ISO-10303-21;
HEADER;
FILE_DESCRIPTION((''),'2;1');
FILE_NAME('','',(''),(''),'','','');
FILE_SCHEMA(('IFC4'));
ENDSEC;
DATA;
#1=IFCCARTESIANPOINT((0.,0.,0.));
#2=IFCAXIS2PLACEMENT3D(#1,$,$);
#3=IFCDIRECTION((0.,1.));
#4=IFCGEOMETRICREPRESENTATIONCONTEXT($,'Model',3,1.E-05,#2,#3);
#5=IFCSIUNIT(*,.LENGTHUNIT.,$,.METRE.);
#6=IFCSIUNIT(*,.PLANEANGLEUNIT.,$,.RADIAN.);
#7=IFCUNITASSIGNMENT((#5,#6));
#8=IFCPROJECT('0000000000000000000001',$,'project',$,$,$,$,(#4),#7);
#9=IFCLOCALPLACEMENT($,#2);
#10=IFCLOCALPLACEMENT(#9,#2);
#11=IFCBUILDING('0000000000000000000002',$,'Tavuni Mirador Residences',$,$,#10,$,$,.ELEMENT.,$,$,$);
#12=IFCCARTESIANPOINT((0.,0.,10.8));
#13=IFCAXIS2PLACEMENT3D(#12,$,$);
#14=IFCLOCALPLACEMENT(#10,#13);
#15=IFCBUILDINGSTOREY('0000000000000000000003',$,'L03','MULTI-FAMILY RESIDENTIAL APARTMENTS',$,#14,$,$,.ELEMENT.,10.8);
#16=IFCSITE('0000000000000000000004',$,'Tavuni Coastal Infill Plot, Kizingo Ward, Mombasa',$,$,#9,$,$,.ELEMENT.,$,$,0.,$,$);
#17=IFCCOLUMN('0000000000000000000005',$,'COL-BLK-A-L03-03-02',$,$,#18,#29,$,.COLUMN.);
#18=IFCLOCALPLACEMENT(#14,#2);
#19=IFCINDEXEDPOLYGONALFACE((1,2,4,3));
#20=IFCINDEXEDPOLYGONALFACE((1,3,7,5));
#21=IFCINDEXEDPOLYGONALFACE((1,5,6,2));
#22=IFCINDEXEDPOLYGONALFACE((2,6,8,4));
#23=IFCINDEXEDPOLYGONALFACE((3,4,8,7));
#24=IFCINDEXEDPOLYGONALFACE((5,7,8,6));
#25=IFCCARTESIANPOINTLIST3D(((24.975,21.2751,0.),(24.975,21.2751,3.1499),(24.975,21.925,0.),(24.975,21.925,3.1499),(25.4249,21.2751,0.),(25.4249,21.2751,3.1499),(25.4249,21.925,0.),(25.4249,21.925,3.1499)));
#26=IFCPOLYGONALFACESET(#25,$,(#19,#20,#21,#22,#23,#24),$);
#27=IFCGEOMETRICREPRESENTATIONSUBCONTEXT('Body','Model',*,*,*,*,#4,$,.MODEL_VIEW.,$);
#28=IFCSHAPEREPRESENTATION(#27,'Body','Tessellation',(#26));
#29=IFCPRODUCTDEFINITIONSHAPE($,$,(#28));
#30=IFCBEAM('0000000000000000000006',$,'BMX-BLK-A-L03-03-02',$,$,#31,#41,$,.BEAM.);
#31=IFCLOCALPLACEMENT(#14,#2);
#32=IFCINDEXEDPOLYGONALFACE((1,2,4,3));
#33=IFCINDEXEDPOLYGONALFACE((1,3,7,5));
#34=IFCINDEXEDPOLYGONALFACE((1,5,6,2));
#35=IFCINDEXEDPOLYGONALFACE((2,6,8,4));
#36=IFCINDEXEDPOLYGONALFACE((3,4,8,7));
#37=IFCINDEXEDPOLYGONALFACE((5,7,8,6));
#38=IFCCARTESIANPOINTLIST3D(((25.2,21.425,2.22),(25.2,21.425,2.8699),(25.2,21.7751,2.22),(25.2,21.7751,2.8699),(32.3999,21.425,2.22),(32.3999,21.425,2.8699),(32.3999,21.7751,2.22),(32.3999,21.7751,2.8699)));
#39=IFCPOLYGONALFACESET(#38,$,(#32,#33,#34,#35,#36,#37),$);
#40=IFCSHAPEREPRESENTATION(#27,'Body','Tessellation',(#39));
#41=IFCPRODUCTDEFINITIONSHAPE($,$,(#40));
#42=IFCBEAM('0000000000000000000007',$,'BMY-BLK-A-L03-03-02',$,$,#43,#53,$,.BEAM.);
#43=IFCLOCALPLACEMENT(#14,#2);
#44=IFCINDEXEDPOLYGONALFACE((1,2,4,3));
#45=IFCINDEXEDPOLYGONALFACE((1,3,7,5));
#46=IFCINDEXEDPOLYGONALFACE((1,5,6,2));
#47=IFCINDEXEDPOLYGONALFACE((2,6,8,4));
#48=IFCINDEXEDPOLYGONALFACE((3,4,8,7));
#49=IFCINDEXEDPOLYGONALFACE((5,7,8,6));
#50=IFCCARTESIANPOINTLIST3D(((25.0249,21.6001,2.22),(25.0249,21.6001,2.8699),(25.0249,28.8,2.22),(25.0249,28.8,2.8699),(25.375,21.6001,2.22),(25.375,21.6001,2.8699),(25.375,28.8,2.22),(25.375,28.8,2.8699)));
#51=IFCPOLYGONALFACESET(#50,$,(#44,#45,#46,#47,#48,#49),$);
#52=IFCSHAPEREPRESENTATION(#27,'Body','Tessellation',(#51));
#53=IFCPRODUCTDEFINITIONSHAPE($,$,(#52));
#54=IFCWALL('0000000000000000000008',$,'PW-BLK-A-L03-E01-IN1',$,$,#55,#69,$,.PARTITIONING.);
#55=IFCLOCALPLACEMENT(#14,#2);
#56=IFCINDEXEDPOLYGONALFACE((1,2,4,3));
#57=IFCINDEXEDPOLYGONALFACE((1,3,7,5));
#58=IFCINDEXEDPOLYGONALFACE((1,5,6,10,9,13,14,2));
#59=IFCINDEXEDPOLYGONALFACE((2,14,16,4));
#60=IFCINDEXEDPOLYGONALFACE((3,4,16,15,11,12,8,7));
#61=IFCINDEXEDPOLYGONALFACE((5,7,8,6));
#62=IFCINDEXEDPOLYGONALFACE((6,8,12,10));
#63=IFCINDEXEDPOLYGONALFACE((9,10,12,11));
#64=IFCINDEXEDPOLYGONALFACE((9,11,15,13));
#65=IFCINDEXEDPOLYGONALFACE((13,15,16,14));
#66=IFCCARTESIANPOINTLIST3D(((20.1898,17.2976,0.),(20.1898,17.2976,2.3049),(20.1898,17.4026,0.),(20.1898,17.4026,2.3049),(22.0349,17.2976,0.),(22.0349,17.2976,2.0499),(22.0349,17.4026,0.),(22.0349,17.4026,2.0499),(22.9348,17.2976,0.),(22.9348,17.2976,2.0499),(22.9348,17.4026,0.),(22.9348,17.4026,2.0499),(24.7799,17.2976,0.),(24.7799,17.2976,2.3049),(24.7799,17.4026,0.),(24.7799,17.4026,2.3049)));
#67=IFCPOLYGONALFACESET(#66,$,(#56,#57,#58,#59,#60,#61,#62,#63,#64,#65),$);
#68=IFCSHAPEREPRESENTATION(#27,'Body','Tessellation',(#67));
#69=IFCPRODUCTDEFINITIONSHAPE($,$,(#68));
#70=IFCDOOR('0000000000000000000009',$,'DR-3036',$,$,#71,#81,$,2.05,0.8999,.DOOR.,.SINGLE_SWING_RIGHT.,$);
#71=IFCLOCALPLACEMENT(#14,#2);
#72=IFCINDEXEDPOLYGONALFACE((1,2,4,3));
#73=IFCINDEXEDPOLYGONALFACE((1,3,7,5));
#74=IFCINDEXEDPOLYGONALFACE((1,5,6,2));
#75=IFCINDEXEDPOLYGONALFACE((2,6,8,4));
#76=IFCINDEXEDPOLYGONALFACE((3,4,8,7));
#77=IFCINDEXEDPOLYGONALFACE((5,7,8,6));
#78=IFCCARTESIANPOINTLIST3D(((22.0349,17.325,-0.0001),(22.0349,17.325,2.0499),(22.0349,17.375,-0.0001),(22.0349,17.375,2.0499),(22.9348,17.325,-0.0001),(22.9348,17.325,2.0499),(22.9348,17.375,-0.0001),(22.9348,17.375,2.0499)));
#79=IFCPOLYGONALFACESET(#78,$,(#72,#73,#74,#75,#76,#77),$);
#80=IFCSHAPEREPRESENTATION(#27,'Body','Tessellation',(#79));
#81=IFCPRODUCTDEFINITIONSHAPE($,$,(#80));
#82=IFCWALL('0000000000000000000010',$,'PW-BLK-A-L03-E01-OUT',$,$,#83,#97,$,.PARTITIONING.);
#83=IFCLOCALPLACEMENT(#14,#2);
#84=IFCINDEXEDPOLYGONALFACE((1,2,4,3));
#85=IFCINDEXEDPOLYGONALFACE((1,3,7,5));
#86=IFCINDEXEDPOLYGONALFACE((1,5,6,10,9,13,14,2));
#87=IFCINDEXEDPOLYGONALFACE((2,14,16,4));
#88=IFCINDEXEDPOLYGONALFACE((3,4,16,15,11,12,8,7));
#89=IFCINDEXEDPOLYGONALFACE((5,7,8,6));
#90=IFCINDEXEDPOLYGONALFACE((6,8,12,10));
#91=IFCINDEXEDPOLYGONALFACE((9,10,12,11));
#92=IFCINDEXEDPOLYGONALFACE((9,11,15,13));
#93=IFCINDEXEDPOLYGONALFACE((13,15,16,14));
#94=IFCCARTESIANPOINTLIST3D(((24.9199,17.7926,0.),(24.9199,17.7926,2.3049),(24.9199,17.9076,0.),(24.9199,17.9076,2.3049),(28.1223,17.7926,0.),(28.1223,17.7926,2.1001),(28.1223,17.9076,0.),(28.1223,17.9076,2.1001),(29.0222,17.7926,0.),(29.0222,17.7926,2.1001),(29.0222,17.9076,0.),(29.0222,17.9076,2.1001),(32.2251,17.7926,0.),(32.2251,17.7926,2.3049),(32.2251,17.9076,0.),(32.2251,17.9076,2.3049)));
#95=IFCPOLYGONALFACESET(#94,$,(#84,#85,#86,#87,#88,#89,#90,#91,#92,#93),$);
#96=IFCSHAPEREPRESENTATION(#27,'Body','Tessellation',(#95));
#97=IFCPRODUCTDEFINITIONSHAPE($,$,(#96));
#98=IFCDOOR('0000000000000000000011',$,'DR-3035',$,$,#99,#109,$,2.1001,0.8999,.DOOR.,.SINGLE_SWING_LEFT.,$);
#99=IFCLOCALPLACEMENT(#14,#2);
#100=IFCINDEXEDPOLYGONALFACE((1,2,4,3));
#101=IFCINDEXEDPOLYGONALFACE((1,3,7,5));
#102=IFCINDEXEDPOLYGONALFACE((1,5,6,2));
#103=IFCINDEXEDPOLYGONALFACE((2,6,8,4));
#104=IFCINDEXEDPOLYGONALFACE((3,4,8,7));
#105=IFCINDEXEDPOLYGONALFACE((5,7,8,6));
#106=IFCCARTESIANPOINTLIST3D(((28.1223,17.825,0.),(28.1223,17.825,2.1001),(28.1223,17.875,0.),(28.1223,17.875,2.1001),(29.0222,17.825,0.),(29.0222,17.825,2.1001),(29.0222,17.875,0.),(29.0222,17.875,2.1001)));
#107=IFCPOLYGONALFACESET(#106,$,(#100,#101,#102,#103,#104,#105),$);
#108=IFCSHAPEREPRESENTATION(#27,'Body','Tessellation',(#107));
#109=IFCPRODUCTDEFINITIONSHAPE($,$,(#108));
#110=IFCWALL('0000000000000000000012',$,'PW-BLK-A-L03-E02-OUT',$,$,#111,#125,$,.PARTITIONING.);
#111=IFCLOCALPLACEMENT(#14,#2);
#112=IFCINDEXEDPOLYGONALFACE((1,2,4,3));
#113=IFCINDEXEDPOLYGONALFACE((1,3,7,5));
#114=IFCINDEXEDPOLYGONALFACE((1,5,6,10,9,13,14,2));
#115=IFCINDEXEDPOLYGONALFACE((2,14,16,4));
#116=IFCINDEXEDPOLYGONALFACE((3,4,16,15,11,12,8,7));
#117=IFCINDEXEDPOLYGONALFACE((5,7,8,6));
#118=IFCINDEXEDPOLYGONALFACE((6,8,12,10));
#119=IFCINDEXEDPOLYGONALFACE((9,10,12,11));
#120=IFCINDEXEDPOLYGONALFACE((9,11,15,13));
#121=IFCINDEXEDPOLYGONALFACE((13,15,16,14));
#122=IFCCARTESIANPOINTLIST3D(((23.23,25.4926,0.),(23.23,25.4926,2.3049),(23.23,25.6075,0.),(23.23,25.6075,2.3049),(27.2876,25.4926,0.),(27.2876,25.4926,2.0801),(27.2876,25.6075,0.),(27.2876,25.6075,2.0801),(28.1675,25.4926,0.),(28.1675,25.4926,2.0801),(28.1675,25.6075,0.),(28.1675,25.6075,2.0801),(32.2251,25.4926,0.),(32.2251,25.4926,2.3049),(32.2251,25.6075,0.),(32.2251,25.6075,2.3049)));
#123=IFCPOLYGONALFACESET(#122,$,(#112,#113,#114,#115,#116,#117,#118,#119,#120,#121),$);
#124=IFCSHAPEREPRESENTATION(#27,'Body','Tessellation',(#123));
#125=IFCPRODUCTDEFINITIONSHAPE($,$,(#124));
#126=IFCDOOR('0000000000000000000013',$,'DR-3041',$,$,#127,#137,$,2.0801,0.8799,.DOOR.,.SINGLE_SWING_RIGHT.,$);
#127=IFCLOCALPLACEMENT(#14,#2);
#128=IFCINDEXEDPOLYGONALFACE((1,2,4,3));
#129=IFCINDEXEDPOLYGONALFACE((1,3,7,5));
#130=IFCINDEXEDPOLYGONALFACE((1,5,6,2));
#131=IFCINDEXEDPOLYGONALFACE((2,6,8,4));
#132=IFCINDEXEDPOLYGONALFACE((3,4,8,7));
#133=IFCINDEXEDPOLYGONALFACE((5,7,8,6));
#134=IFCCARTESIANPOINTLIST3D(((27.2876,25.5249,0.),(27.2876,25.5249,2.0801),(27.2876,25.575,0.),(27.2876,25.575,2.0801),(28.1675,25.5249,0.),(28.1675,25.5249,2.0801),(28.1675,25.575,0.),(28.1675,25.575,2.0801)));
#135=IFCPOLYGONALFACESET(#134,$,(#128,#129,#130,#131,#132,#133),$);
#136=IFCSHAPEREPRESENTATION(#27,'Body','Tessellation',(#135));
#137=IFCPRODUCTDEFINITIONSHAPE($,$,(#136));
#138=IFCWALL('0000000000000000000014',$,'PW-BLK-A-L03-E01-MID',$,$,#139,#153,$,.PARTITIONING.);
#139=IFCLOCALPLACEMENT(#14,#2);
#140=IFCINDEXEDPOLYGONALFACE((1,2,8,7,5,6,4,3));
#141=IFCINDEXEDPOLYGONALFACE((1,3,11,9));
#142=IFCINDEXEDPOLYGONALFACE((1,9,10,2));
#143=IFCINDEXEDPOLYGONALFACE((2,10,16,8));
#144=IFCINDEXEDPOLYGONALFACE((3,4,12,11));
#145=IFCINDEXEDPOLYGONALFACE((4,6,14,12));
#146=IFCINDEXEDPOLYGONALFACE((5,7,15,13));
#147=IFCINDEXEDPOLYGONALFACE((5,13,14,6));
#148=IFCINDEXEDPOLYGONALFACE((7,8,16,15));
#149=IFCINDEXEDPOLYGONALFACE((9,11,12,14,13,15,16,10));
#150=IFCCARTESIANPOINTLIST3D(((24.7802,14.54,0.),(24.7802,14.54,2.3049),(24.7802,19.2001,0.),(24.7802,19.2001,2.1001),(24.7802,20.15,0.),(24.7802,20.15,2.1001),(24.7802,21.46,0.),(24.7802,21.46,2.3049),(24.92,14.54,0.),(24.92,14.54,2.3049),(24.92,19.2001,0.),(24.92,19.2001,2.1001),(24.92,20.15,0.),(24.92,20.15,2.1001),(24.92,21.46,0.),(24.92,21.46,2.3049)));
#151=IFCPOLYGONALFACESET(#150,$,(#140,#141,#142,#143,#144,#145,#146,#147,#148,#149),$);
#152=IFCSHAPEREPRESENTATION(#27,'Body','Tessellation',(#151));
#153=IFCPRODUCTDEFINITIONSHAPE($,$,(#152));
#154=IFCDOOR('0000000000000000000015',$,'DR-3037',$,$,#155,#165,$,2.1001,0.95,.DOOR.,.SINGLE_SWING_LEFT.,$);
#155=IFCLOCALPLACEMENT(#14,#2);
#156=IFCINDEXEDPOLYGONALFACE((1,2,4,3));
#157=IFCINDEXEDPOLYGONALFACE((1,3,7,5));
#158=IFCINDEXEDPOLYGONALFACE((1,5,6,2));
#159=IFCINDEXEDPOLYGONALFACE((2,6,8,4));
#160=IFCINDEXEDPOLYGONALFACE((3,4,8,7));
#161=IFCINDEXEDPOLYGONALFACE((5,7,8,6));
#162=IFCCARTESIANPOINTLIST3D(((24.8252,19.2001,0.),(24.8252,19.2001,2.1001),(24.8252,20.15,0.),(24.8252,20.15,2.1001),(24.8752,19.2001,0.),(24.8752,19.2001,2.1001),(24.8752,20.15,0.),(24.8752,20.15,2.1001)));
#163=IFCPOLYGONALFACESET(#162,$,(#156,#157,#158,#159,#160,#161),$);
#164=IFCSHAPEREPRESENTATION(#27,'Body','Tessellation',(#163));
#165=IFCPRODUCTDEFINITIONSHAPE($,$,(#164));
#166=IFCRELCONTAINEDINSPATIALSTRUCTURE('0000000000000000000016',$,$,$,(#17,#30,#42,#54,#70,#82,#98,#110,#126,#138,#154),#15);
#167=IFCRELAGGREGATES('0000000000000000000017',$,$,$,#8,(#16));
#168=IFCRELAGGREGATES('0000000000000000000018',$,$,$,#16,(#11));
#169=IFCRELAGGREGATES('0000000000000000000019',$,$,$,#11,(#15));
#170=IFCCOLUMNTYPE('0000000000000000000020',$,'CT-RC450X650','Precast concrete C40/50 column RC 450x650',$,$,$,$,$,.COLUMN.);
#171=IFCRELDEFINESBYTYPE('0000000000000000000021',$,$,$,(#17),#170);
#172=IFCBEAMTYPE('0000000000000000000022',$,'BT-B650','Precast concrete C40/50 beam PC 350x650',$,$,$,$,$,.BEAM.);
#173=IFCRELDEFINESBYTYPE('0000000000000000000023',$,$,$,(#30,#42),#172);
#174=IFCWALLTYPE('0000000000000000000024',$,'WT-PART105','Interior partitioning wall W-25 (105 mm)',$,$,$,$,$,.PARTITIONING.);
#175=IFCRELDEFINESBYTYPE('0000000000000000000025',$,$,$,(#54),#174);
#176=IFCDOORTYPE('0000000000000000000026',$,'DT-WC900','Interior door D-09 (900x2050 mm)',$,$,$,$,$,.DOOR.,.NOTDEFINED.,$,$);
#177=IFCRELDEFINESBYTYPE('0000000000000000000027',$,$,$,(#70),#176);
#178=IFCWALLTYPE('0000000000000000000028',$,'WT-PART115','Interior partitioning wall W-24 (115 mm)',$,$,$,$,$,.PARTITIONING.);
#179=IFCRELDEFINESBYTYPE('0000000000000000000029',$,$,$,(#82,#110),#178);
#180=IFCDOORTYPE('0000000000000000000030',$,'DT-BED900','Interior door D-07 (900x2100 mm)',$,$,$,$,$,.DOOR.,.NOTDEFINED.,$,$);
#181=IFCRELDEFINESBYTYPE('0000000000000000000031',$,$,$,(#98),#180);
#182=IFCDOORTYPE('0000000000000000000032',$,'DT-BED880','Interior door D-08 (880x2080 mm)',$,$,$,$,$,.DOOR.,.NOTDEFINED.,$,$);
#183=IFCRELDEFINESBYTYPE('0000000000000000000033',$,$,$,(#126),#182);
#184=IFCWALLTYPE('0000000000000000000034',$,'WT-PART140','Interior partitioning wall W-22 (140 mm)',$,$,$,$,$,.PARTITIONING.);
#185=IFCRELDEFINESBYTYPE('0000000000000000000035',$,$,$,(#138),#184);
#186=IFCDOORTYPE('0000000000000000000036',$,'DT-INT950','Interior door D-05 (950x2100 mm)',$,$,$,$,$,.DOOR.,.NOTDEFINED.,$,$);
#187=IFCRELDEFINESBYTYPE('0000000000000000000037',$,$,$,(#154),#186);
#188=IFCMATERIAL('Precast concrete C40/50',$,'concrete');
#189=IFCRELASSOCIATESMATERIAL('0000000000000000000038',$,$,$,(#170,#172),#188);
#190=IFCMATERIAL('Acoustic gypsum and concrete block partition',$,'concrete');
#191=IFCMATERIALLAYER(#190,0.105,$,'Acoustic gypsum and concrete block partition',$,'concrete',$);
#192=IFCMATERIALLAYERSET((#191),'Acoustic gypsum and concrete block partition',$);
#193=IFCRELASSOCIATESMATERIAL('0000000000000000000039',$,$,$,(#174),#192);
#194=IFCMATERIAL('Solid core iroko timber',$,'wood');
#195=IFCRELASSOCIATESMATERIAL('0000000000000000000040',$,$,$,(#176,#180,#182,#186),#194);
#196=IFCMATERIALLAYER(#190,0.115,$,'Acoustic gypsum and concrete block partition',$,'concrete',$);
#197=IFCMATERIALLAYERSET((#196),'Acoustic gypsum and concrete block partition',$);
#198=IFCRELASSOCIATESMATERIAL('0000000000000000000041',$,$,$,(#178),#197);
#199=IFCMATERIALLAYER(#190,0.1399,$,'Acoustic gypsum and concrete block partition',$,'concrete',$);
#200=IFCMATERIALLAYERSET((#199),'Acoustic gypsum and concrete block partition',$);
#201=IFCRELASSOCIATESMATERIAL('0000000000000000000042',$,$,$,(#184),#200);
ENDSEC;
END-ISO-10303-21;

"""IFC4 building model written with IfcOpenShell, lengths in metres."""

from ifc_helpers import new_model, si_unit, direction, frame, frame_2d, origin, origin_2d, place, context, subcontext, project, spatial, rectangle, extrude, material, layer, layer_set, material_profile, profile_set, type_object, element, fill, save


model = new_model("IFC4")

# Units and contexts
model_context = context("Model", 3, precision=1e-05, world=origin(), true_north=direction((0.0, 1.0)))
body_context = subcontext(model_context, "Body", "Model", "MODEL_VIEW")
ifc_project = project(units=[si_unit("LENGTHUNIT", "METRE"), si_unit("PLANEANGLEUNIT", "RADIAN")], contexts=[model_context])

# Site, building, storey
site_placement = place(None, origin())
site = spatial("IfcSite", under=ifc_project, at=site_placement, Name="Tavuni Coastal Infill Plot, Kizingo Ward, Mombasa", CompositionType="ELEMENT", RefElevation=0.0)
building_placement = place(site_placement, origin())
building = spatial("IfcBuilding", under=site, at=building_placement, Name="Tavuni Mirador Residences", CompositionType="ELEMENT")
storey_placement = place(building_placement, frame((0.0, 0.0, 10.8)))
storey = spatial("IfcBuildingStorey", under=building, at=storey_placement, Name="L03", Description="MULTI-FAMILY RESIDENTIAL APARTMENTS", CompositionType="ELEMENT", Elevation=10.8)

# Column
ifc_material_1 = material(Name="Precast concrete C40/50", Category="concrete")
ifc_material_profile_1 = material_profile(ifc_material_1, rectangle(XDim=0.45, YDim=0.6499, at=origin_2d()), Name="RC 450x650", Category="concrete")
ifc_profile_set_1 = profile_set([ifc_material_profile_1], Name="Precast concrete C40/50")
column_type = type_object("IfcColumnType", Name="CT-RC450X650", Description="Precast concrete C40/50 column RC 450x650", PredefinedType="COLUMN", material=ifc_profile_set_1)
column_placement = place(storey_placement, frame((25.2, 21.6001, 0.0), z_axis=(0.0, 0.0, 1.0), x_axis=(1.0, 0.0, 0.0)))
element("IfcColumn", 1, at=column_placement, inside=storey, type_object=column_type, Name="COL-BLK-A-L03-03-02", PredefinedType="COLUMN", context=body_context, shape_type="SweptSolid", body=[
    extrude(rectangle(XDim=0.45, YDim=0.6499, at=origin_2d()), origin(), (0.0, 0.0, 1.0), 3.1499),
])

# Beams
ifc_material_profile_2 = material_profile(ifc_material_1, rectangle(XDim=0.3501, YDim=0.6499, at=origin_2d()), Name="PC 350x650", Category="concrete")
ifc_profile_set_2 = profile_set([ifc_material_profile_2], Name="Precast concrete C40/50")
beam_type = type_object("IfcBeamType", Name="BT-B650", Description="Precast concrete C40/50 beam PC 350x650", PredefinedType="BEAM", material=ifc_profile_set_2)
for number, where, z_axis, x_axis, name in (
    (2, (25.2, 21.6001, 2.5449), (1.0, 0.0, 0.0), (0.0, 1.0, 0.0), "BMX-BLK-A-L03-03-02"),
    (3, (25.2, 21.6001, 2.5449), (0.0, 1.0, 0.0), (-1.0, 0.0, 0.0), "BMY-BLK-A-L03-03-02"),
):
    element("IfcBeam", number, at=place(storey_placement, frame(where, z_axis=z_axis, x_axis=x_axis)), inside=storey, type_object=beam_type, Name=name, PredefinedType="BEAM", context=body_context, shape_type="SweptSolid", body=[
        extrude(rectangle(XDim=0.3501, YDim=0.6499, at=origin_2d()), origin(), (0.0, 0.0, 1.0), 7.2),
    ])

# Walls, openings, doors
ifc_material_2 = material(Name="Solid core iroko timber", Category="wood")
ifc_material_3 = material(Name="Acoustic gypsum and concrete block partition", Category="concrete")
ifc_layer_1 = layer(ifc_material_3, 0.105, Name="Acoustic gypsum and concrete block partition", Category="concrete")
ifc_layer_set_1 = layer_set([ifc_layer_1], Name="Acoustic gypsum and concrete block partition")
wall_type_1 = type_object("IfcWallType", Name="WT-PART105", Description="Interior partitioning wall W-25 (105 mm)", PredefinedType="PARTITIONING", material=ifc_layer_set_1)
wall_1_placement = place(storey_placement, frame((20.1899, 17.3501, 0.0), z_axis=(0.0, 0.0, 1.0), x_axis=(1.0, 0.0, 0.0)))
wall_1 = element("IfcWall", 4, at=wall_1_placement, inside=storey, type_object=wall_type_1, Name="PW-BLK-A-L03-E01-IN1", PredefinedType="PARTITIONING", context=body_context, shape_type="SweptSolid", body=[
    extrude(rectangle(XDim=4.5901, YDim=0.105, at=frame_2d((2.2949, 0.0))), origin(), (0.0, 0.0, 1.0), 2.3049),
])
opening_1_placement = place(wall_1_placement, frame((1.845, 0.0, 0.0)))
opening_1 = element("IfcOpeningElement", 5, at=opening_1_placement, cuts=wall_1, PredefinedType="OPENING", context=body_context, shape_type="SweptSolid", body=[
    extrude(rectangle(XDim=0.8999, YDim=2.05, at=frame_2d((0.45, 1.0249))), frame((0.0, 0.0625, 0.0), z_axis=(0.0, -1.0, 0.0), x_axis=(1.0, 0.0, 0.0)), (0.0, 0.0, 1.0), 0.125),
])
door_type_1 = type_object("IfcDoorType", Name="DT-WC900", Description="Interior door D-09 (900x2050 mm)", OperationType="NOTDEFINED", PredefinedType="DOOR", material=ifc_material_2)
door_1_placement = place(opening_1_placement, origin())
door_1 = element("IfcDoor", 6, at=door_1_placement, inside=storey, type_object=door_type_1, Name="DR-3036", OperationType="SINGLE_SWING_RIGHT", OverallHeight=2.05, OverallWidth=0.8999, PredefinedType="DOOR", context=body_context, shape_type="SweptSolid", body=[
    extrude(rectangle(XDim=0.8999, YDim=2.05, at=frame_2d((0.45, 1.0249))), frame((0.0, 0.0249, 0.0), z_axis=(0.0, -1.0, 0.0), x_axis=(1.0, 0.0, 0.0)), (0.0, 0.0, 1.0), 0.05),
])
fill(opening_1, door_1)
ifc_layer_2 = layer(ifc_material_3, 0.115, Name="Acoustic gypsum and concrete block partition", Category="concrete")
ifc_layer_set_2 = layer_set([ifc_layer_2], Name="Acoustic gypsum and concrete block partition")
wall_type_2 = type_object("IfcWallType", Name="WT-PART115", Description="Interior partitioning wall W-24 (115 mm)", PredefinedType="PARTITIONING", material=ifc_layer_set_2)
wall_2_placement = place(storey_placement, frame((24.9199, 17.8501, 0.0), z_axis=(0.0, 0.0, 1.0), x_axis=(1.0, 0.0, 0.0)))
wall_2 = element("IfcWall", 7, at=wall_2_placement, inside=storey, type_object=wall_type_2, Name="PW-BLK-A-L03-E01-OUT", PredefinedType="PARTITIONING", context=body_context, shape_type="SweptSolid", body=[
    extrude(rectangle(XDim=7.3052, YDim=0.115, at=frame_2d((3.6526, 0.0))), origin(), (0.0, 0.0, 1.0), 2.3049),
])
opening_2_placement = place(wall_2_placement, frame((3.2024, 0.0, 0.0)))
opening_2 = element("IfcOpeningElement", 8, at=opening_2_placement, cuts=wall_2, PredefinedType="OPENING", context=body_context, shape_type="SweptSolid", body=[
    extrude(rectangle(XDim=0.8999, YDim=2.1001, at=frame_2d((0.45, 1.05))), frame((0.0, 0.0674, 0.0), z_axis=(0.0, -1.0, 0.0), x_axis=(1.0, 0.0, 0.0)), (0.0, 0.0, 1.0), 0.135),
])
door_type_2 = type_object("IfcDoorType", Name="DT-BED900", Description="Interior door D-07 (900x2100 mm)", OperationType="NOTDEFINED", PredefinedType="DOOR", material=ifc_material_2)
door_2_placement = place(opening_2_placement, origin())
door_2 = element("IfcDoor", 9, at=door_2_placement, inside=storey, type_object=door_type_2, Name="DR-3035", OperationType="SINGLE_SWING_LEFT", OverallHeight=2.1001, OverallWidth=0.8999, PredefinedType="DOOR", context=body_context, shape_type="SweptSolid", body=[
    extrude(rectangle(XDim=0.8999, YDim=2.1001, at=frame_2d((0.45, 1.05))), frame((0.0, 0.0249, 0.0), z_axis=(0.0, -1.0, 0.0), x_axis=(1.0, 0.0, 0.0)), (0.0, 0.0, 1.0), 0.05),
])
fill(opening_2, door_2)
wall_3_placement = place(storey_placement, frame((23.23, 25.55, 0.0), z_axis=(0.0, 0.0, 1.0), x_axis=(1.0, 0.0, 0.0)))
wall_3 = element("IfcWall", 10, at=wall_3_placement, inside=storey, type_object=wall_type_2, Name="PW-BLK-A-L03-E02-OUT", PredefinedType="PARTITIONING", context=body_context, shape_type="SweptSolid", body=[
    extrude(rectangle(XDim=8.9951, YDim=0.115, at=frame_2d((4.4976, 0.0))), origin(), (0.0, 0.0, 1.0), 2.3049),
])
opening_3_placement = place(wall_3_placement, frame((4.0576, 0.0, 0.0)))
opening_3 = element("IfcOpeningElement", 11, at=opening_3_placement, cuts=wall_3, PredefinedType="OPENING", context=body_context, shape_type="SweptSolid", body=[
    extrude(rectangle(XDim=0.8799, YDim=2.0801, at=frame_2d((0.4399, 1.04))), frame((0.0, 0.0674, 0.0), z_axis=(0.0, -1.0, 0.0), x_axis=(1.0, 0.0, 0.0)), (0.0, 0.0, 1.0), 0.135),
])
door_type_3 = type_object("IfcDoorType", Name="DT-BED880", Description="Interior door D-08 (880x2080 mm)", OperationType="NOTDEFINED", PredefinedType="DOOR", material=ifc_material_2)
door_3_placement = place(opening_3_placement, origin())
door_3 = element("IfcDoor", 12, at=door_3_placement, inside=storey, type_object=door_type_3, Name="DR-3041", OperationType="SINGLE_SWING_RIGHT", OverallHeight=2.0801, OverallWidth=0.8799, PredefinedType="DOOR", context=body_context, shape_type="SweptSolid", body=[
    extrude(rectangle(XDim=0.8799, YDim=2.0801, at=frame_2d((0.4399, 1.04))), frame((0.0, 0.0249, 0.0), z_axis=(0.0, -1.0, 0.0), x_axis=(1.0, 0.0, 0.0)), (0.0, 0.0, 1.0), 0.05),
])
fill(opening_3, door_3)
ifc_layer_3 = layer(ifc_material_3, 0.1399, Name="Acoustic gypsum and concrete block partition", Category="concrete")
ifc_layer_set_3 = layer_set([ifc_layer_3], Name="Acoustic gypsum and concrete block partition")
wall_type_3 = type_object("IfcWallType", Name="WT-PART140", Description="Interior partitioning wall W-22 (140 mm)", PredefinedType="PARTITIONING", material=ifc_layer_set_3)
wall_4_placement = place(storey_placement, frame((24.8501, 14.54, 0.0), z_axis=(0.0, 0.0, 1.0), x_axis=(0.0, 1.0, 0.0)))
wall_4 = element("IfcWall", 13, at=wall_4_placement, inside=storey, type_object=wall_type_3, Name="PW-BLK-A-L03-E01-MID", PredefinedType="PARTITIONING", context=body_context, shape_type="SweptSolid", body=[
    extrude(rectangle(XDim=6.9199, YDim=0.1399, at=frame_2d((3.46, 0.0))), origin(), (0.0, 0.0, 1.0), 2.3049),
])
opening_4_placement = place(wall_4_placement, frame((4.6599, 0.0, 0.0)))
opening_4 = element("IfcOpeningElement", 14, at=opening_4_placement, cuts=wall_4, PredefinedType="OPENING", context=body_context, shape_type="SweptSolid", body=[
    extrude(rectangle(XDim=0.95, YDim=2.1001, at=frame_2d((0.4751, 1.05))), frame((0.0, 0.0801, 0.0), z_axis=(0.0, -1.0, 0.0), x_axis=(1.0, 0.0, 0.0)), (0.0, 0.0, 1.0), 0.1599),
])
door_type_4 = type_object("IfcDoorType", Name="DT-INT950", Description="Interior door D-05 (950x2100 mm)", OperationType="NOTDEFINED", PredefinedType="DOOR", material=ifc_material_2)
door_4_placement = place(opening_4_placement, origin())
door_4 = element("IfcDoor", 15, at=door_4_placement, inside=storey, type_object=door_type_4, Name="DR-3037", OperationType="SINGLE_SWING_LEFT", OverallHeight=2.1001, OverallWidth=0.95, PredefinedType="DOOR", context=body_context, shape_type="SweptSolid", body=[
    extrude(rectangle(XDim=0.95, YDim=2.1001, at=frame_2d((0.4751, 1.05))), frame((0.0, 0.0249, 0.0), z_axis=(0.0, -1.0, 0.0), x_axis=(1.0, 0.0, 0.0)), (0.0, 0.0, 1.0), 0.05),
])
fill(opening_4, door_4)

save(model, "model.ifc")
